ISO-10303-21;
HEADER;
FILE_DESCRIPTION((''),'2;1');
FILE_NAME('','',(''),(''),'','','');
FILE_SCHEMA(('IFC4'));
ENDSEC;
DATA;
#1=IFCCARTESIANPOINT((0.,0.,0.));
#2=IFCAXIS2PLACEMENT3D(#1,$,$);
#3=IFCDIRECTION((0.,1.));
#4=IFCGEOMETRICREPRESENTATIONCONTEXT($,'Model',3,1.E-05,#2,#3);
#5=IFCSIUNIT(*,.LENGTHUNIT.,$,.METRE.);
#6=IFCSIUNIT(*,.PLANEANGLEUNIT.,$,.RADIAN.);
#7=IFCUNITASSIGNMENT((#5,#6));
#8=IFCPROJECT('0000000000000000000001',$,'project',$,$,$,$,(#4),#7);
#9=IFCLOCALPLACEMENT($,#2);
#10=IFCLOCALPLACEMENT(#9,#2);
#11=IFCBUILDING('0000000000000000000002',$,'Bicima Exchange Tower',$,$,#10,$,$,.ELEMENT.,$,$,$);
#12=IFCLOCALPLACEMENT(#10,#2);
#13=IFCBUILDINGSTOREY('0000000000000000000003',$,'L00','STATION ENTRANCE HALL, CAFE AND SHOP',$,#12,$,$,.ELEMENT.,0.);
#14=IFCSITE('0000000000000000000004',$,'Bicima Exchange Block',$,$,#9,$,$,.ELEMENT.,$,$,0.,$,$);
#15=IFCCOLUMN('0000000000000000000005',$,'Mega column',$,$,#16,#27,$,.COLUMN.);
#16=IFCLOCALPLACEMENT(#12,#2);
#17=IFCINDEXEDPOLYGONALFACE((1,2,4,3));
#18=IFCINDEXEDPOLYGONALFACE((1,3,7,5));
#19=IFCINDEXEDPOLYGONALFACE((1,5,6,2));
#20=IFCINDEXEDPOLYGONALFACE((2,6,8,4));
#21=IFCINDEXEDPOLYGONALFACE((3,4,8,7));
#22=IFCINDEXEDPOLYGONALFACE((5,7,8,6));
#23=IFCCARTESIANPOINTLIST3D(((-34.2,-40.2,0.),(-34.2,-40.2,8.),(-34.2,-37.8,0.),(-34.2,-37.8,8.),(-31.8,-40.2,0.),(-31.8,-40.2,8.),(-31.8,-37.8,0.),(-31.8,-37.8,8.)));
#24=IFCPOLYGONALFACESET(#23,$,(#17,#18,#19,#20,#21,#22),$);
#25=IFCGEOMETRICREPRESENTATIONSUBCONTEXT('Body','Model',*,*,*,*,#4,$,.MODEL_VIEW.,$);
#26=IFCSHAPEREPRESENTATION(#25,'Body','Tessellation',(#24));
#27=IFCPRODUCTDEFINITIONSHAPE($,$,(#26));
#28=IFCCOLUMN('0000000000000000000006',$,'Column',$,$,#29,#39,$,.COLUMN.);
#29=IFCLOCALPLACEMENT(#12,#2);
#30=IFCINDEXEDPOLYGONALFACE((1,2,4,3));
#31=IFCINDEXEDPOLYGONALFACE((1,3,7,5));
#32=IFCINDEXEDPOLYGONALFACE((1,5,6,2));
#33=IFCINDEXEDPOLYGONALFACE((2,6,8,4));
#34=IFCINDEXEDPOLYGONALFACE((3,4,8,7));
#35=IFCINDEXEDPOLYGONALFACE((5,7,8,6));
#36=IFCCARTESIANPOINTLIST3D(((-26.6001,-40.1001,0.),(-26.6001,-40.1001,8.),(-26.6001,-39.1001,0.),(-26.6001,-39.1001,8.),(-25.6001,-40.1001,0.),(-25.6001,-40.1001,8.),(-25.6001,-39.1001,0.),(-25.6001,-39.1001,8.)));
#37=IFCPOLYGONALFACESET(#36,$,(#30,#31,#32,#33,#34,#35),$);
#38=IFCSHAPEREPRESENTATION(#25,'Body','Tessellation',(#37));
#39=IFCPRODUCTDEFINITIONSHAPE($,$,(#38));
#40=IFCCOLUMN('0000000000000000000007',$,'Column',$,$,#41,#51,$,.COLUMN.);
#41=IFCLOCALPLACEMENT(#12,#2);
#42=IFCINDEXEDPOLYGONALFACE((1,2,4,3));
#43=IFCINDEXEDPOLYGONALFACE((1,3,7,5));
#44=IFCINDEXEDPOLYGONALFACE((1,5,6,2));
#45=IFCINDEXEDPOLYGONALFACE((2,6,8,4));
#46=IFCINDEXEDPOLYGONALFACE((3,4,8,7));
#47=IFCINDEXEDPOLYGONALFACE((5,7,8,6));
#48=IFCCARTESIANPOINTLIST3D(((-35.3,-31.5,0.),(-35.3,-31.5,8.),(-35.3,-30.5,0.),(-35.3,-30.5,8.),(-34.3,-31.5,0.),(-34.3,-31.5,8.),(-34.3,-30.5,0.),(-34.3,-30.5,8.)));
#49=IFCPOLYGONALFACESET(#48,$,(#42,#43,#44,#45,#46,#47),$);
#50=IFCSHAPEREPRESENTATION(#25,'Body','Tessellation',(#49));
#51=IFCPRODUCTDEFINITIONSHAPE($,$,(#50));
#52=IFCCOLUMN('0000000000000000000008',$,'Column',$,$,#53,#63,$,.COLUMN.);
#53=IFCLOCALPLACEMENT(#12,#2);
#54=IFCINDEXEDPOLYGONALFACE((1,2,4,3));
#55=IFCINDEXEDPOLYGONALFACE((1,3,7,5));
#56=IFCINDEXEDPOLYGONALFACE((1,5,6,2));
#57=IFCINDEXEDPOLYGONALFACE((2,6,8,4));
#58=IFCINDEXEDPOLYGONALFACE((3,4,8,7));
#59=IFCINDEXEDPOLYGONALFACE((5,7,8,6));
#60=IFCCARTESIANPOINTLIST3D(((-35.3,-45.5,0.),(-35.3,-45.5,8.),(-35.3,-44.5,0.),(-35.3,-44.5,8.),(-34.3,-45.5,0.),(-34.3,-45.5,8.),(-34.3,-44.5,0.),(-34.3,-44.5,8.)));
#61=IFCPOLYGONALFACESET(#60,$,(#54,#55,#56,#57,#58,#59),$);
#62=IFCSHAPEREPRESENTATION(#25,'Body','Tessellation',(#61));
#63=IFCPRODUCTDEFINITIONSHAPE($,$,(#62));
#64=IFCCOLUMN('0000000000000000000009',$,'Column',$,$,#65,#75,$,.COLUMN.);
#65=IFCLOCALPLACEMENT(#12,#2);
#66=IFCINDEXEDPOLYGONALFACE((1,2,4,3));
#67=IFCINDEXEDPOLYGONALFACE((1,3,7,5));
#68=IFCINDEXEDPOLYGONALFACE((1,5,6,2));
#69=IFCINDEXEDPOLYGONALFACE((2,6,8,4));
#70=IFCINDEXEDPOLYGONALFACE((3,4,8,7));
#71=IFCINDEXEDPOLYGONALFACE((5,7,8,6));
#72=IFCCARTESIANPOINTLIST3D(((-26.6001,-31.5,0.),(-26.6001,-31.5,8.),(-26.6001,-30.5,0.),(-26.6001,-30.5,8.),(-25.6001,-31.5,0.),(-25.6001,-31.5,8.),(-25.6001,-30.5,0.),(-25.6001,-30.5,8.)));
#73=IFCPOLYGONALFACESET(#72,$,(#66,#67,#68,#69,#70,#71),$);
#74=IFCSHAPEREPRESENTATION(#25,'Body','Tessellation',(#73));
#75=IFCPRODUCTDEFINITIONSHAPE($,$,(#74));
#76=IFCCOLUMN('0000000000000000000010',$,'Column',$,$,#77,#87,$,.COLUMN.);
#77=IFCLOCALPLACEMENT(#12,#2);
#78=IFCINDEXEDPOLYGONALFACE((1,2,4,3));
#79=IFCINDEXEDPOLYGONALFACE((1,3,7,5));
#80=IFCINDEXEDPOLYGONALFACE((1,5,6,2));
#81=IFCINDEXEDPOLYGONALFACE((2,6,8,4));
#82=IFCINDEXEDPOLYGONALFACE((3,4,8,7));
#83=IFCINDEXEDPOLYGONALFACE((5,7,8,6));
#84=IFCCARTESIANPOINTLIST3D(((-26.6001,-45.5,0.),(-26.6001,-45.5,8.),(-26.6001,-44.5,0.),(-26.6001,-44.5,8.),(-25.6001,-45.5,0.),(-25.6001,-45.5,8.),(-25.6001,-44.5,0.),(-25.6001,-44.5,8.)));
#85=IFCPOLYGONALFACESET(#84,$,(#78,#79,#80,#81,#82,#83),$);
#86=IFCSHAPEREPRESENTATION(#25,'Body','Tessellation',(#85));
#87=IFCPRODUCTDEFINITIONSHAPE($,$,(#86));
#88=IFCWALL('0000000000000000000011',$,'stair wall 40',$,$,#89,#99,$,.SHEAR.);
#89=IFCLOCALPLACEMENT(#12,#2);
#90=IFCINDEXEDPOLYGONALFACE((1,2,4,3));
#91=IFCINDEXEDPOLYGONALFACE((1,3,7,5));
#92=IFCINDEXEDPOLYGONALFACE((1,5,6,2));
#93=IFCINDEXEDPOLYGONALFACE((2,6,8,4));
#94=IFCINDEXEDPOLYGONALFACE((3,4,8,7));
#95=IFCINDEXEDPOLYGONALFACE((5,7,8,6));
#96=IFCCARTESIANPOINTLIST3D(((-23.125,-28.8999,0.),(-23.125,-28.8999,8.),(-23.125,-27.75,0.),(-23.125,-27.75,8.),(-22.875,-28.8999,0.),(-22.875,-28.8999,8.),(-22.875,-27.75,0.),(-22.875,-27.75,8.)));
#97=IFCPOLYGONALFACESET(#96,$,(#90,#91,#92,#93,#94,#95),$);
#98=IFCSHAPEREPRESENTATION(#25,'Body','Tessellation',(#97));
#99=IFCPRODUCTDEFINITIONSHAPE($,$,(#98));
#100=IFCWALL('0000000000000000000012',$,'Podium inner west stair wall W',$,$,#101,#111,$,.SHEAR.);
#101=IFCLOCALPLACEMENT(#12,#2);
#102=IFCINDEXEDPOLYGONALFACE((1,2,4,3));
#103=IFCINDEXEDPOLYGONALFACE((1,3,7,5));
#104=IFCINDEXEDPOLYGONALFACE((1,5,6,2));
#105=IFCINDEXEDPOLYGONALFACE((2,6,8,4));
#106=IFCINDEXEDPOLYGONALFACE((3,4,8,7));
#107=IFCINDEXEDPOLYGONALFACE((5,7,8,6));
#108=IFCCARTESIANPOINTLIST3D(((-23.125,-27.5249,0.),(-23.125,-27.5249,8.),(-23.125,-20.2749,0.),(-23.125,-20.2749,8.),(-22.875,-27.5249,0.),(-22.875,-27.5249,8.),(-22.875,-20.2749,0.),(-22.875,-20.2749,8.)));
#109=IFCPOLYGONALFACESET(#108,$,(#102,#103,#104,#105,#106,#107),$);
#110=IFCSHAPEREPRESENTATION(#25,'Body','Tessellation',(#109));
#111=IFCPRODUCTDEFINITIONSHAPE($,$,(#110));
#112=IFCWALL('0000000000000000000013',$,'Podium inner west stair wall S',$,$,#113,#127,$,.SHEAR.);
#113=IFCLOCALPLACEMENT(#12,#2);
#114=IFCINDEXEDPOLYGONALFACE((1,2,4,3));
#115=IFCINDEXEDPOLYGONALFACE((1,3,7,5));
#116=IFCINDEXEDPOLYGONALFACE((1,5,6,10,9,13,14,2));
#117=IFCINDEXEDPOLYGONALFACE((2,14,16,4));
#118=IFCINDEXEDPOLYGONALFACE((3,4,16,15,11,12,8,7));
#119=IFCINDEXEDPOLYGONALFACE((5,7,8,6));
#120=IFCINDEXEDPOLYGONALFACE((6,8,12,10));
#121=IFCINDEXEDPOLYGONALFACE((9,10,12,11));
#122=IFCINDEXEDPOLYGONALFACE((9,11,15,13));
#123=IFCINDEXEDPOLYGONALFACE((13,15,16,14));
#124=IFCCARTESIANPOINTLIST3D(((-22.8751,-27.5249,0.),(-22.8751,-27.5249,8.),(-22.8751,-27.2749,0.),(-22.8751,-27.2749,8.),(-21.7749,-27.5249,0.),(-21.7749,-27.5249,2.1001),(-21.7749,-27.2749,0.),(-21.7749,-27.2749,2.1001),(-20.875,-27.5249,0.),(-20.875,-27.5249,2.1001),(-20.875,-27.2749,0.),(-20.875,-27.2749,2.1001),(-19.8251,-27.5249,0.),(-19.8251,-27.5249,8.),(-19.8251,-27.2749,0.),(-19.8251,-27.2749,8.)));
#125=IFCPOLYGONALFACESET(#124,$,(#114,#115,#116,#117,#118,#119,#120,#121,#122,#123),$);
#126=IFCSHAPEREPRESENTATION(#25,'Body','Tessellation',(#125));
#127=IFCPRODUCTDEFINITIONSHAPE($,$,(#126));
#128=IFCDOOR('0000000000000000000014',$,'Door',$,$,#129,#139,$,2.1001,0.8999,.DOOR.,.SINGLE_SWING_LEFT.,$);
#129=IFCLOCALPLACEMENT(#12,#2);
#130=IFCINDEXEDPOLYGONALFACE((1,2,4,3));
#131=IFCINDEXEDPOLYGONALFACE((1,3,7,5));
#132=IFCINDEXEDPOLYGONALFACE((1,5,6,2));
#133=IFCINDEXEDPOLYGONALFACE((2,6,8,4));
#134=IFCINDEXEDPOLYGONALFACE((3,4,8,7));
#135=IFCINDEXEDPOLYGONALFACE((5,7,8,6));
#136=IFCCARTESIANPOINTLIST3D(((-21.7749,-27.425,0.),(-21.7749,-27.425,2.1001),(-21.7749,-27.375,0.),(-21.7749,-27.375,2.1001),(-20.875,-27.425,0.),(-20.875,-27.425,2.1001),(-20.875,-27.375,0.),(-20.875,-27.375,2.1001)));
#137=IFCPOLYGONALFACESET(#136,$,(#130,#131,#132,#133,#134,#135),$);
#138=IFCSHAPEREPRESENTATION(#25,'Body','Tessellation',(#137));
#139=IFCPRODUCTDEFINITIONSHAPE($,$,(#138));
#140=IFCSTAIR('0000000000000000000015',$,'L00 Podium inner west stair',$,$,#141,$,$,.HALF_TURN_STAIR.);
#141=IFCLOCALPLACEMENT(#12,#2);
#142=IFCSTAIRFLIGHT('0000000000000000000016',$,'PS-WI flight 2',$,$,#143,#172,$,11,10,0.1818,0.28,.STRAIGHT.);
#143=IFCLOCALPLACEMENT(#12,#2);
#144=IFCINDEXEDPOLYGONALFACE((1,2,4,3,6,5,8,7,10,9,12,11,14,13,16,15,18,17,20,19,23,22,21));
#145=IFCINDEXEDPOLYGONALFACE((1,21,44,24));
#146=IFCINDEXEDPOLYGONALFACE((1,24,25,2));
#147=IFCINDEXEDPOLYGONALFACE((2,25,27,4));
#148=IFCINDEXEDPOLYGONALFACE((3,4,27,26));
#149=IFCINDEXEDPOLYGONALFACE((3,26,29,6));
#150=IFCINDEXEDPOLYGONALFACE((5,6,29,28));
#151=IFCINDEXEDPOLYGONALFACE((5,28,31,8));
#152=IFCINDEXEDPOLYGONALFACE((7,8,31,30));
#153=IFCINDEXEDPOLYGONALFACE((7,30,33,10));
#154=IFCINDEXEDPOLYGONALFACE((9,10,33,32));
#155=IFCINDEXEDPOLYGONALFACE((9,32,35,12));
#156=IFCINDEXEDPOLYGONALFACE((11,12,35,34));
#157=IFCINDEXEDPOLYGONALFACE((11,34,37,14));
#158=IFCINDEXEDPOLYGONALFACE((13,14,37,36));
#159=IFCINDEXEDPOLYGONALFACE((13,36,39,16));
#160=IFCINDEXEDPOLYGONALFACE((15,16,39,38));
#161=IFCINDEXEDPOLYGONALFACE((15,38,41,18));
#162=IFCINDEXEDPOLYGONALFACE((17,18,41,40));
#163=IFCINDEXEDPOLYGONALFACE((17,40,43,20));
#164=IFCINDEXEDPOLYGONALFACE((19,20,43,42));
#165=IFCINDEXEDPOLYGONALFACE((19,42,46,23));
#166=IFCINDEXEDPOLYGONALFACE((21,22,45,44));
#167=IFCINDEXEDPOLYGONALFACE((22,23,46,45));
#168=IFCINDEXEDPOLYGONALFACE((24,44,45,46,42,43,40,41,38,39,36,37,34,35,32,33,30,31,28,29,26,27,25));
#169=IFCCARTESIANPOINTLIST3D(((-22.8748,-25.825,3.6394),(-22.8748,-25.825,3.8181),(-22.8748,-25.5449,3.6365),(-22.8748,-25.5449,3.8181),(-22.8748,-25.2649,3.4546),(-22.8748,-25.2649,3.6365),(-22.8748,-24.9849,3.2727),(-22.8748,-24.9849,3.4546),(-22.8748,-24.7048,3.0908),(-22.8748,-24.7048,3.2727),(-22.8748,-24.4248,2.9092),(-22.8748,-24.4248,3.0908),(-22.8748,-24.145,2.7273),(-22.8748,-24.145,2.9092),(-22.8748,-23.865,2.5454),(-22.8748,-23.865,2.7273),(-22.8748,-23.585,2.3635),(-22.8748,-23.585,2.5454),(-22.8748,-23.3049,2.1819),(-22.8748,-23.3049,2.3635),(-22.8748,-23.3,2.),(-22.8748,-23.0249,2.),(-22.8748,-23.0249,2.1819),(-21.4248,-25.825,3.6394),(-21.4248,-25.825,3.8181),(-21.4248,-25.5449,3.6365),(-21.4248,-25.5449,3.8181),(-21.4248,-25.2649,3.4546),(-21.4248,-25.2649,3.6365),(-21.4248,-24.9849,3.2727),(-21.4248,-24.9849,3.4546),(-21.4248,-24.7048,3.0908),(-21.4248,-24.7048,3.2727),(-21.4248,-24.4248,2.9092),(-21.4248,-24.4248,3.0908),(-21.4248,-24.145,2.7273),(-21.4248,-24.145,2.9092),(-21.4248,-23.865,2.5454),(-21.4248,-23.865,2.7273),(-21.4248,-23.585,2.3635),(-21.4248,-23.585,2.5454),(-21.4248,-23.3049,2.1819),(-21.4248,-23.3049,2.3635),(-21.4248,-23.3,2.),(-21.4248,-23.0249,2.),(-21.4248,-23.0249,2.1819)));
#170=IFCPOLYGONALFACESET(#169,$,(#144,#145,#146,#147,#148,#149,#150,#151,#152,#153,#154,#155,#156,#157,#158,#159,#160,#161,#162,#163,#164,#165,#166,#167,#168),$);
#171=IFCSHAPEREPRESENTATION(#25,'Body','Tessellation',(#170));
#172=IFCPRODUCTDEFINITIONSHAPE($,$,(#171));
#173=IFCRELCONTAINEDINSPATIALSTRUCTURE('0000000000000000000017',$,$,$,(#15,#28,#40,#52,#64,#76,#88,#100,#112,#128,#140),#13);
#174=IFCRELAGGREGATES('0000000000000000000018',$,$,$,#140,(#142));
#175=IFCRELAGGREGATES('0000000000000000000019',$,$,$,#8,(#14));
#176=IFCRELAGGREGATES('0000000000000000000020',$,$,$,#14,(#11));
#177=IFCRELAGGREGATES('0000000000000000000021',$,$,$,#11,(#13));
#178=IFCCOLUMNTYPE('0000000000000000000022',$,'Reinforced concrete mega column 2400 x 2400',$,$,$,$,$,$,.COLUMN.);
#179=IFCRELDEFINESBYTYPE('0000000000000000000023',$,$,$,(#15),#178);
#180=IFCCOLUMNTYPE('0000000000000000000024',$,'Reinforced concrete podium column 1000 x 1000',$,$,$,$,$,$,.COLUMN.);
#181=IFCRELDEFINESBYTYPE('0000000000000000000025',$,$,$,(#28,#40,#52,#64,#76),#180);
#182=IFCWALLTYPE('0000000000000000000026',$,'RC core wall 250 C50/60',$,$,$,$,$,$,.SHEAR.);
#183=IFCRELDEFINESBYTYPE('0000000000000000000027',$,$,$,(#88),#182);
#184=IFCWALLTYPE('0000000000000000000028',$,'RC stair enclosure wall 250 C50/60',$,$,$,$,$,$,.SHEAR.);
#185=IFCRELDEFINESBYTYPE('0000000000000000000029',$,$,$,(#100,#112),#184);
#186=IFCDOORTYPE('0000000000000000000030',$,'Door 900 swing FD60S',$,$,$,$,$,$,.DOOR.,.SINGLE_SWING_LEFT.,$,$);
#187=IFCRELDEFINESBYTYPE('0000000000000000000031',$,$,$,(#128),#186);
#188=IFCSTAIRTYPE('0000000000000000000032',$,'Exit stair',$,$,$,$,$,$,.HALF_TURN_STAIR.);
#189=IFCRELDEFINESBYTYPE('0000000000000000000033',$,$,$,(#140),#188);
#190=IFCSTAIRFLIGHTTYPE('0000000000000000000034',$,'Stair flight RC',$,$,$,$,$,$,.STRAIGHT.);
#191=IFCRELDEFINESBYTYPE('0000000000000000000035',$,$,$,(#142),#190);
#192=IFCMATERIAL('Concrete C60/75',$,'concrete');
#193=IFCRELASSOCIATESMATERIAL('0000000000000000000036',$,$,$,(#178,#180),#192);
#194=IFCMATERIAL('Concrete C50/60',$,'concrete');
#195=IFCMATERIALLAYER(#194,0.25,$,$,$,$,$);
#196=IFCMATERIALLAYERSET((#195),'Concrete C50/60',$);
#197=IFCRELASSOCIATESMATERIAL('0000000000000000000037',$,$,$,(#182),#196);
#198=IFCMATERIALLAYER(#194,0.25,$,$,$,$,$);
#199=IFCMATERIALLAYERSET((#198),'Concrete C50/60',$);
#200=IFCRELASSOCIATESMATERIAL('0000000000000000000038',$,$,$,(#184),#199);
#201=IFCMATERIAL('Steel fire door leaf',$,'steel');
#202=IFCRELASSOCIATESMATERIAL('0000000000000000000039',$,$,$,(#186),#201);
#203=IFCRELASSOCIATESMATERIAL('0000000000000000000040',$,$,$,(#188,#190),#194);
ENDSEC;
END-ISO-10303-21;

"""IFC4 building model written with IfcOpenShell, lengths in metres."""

from ifc_helpers import new_model, si_unit, direction, frame, frame_2d, origin, origin_2d, place, context, subcontext, project, spatial, polyline, rectangle, outline, extrude, material, layer, layer_set, material_profile, profile_set, type_object, element, fill, aggregate, save


model = new_model("IFC4")

# Units and contexts
model_context = context("Model", 3, precision=1e-05, world=origin(), true_north=direction((0.0, 1.0)))
body_context = subcontext(model_context, "Body", "Model", "MODEL_VIEW")
ifc_project = project(units=[si_unit("LENGTHUNIT", "METRE"), si_unit("PLANEANGLEUNIT", "RADIAN")], contexts=[model_context])

# Site, building, storey
site_placement = place(None, origin())
site = spatial("IfcSite", under=ifc_project, at=site_placement, Name="Bicima Exchange Block", CompositionType="ELEMENT", RefElevation=0.0)
building_placement = place(site_placement, origin())
building = spatial("IfcBuilding", under=site, at=building_placement, Name="Bicima Exchange Tower", CompositionType="ELEMENT")
storey_placement = place(building_placement, origin())
storey = spatial("IfcBuildingStorey", under=building, at=storey_placement, Name="L00", Description="STATION ENTRANCE HALL, CAFE AND SHOP", CompositionType="ELEMENT", Elevation=0.0)

# Columns
ifc_material_1 = material(Name="Concrete C60/75", Category="concrete")
ifc_material_profile_1 = material_profile(ifc_material_1, rectangle(XDim=2.3999, YDim=2.3999, at=origin_2d()))
ifc_profile_set_1 = profile_set([ifc_material_profile_1], Name="Concrete C60/75")
column_type_1 = type_object("IfcColumnType", Name="Reinforced concrete mega column 2400 x 2400", PredefinedType="COLUMN", material=ifc_profile_set_1)
column_placement = place(storey_placement, frame((-33.0, -39.0, 0.0), z_axis=(0.0, 0.0, 1.0), x_axis=(1.0, 0.0, 0.0)))
element("IfcColumn", 1, at=column_placement, inside=storey, type_object=column_type_1, Name="Mega column", PredefinedType="COLUMN", context=body_context, shape_type="SweptSolid", body=[
    extrude(rectangle(XDim=2.3999, YDim=2.3999, at=origin_2d()), origin(), (0.0, 0.0, 1.0), 8.0),
])
ifc_material_profile_2 = material_profile(ifc_material_1, rectangle(XDim=1.0, YDim=1.0, at=origin_2d()))
ifc_profile_set_2 = profile_set([ifc_material_profile_2], Name="Concrete C60/75")
column_type_2 = type_object("IfcColumnType", Name="Reinforced concrete podium column 1000 x 1000", PredefinedType="COLUMN", material=ifc_profile_set_2)
for number, where, z_axis, x_axis, name in (
    (2, (-26.1001, -39.6001, 0.0), (0.0, 0.0, 1.0), (1.0, 0.0, 0.0), "Column"),
    (3, (-34.8, -31.0, 0.0), (0.0, 0.0, 1.0), (1.0, 0.0, 0.0), "Column"),
    (4, (-34.8, -45.0, 0.0), (0.0, 0.0, 1.0), (1.0, 0.0, 0.0), "Column"),
    (5, (-26.1001, -31.0, 0.0), (0.0, 0.0, 1.0), (1.0, 0.0, 0.0), "Column"),
    (6, (-26.1001, -45.0, 0.0), (0.0, 0.0, 1.0), (1.0, 0.0, 0.0), "Column"),
):
    element("IfcColumn", number, at=place(storey_placement, frame(where, z_axis=z_axis, x_axis=x_axis)), inside=storey, type_object=column_type_2, Name=name, PredefinedType="COLUMN", context=body_context, shape_type="SweptSolid", body=[
        extrude(rectangle(XDim=1.0, YDim=1.0, at=origin_2d()), origin(), (0.0, 0.0, 1.0), 8.0),
    ])

# Walls
ifc_material_2 = material(Name="Concrete C50/60", Category="concrete")
ifc_layer_1 = layer(ifc_material_2, 0.25)
ifc_layer_set_1 = layer_set([ifc_layer_1], Name="Concrete C50/60")
wall_type_1 = type_object("IfcWallType", Name="RC core wall 250 C50/60", PredefinedType="SHEAR", material=ifc_layer_set_1)
wall_1_placement = place(storey_placement, frame((-23.0, -28.8999, 0.0), z_axis=(0.0, 0.0, 1.0), x_axis=(0.0, 1.0, 0.0)))
element("IfcWall", 7, at=wall_1_placement, inside=storey, type_object=wall_type_1, Name="stair wall 40", PredefinedType="SHEAR", context=body_context, shape_type="SweptSolid", body=[
    extrude(rectangle(XDim=1.1499, YDim=0.25, at=frame_2d((0.575, 0.0))), origin(), (0.0, 0.0, 1.0), 8.0),
])
ifc_layer_2 = layer(ifc_material_2, 0.25)
ifc_layer_set_2 = layer_set([ifc_layer_2], Name="Concrete C50/60")
wall_type_2 = type_object("IfcWallType", Name="RC stair enclosure wall 250 C50/60", PredefinedType="SHEAR", material=ifc_layer_set_2)
wall_2_placement = place(storey_placement, frame((-23.0, -27.5249, 0.0), z_axis=(0.0, 0.0, 1.0), x_axis=(0.0, 1.0, 0.0)))
element("IfcWall", 8, at=wall_2_placement, inside=storey, type_object=wall_type_2, Name="Podium inner west stair wall W", PredefinedType="SHEAR", context=body_context, shape_type="SweptSolid", body=[
    extrude(rectangle(XDim=7.25, YDim=0.25, at=frame_2d((3.625, 0.0))), origin(), (0.0, 0.0, 1.0), 8.0),
])

# Wall, opening, door
wall_3_placement = place(storey_placement, frame((-22.875, -27.3999, 0.0), z_axis=(0.0, 0.0, 1.0), x_axis=(1.0, 0.0, 0.0)))
wall_3 = element("IfcWall", 9, at=wall_3_placement, inside=storey, type_object=wall_type_2, Name="Podium inner west stair wall S", PredefinedType="SHEAR", context=body_context, shape_type="SweptSolid", body=[
    extrude(rectangle(XDim=3.05, YDim=0.25, at=frame_2d((1.5249, 0.0))), origin(), (0.0, 0.0, 1.0), 8.0),
])
opening_placement = place(wall_3_placement, frame((1.1001, 0.0, 0.0)))
opening = element("IfcOpeningElement", 10, at=opening_placement, cuts=wall_3, PredefinedType="OPENING", context=body_context, shape_type="SweptSolid", body=[
    extrude(rectangle(XDim=0.8999, YDim=2.1001, at=frame_2d((0.45, 1.05))), frame((0.0, 0.137, 0.0), z_axis=(0.0, -1.0, 0.0), x_axis=(1.0, 0.0, 0.0)), (0.0, 0.0, 1.0), 0.2739),
])
ifc_material_3 = material(Name="Steel fire door leaf", Category="steel")
door_type = type_object("IfcDoorType", Name="Door 900 swing FD60S", OperationType="SINGLE_SWING_LEFT", PredefinedType="DOOR", material=ifc_material_3)
door_placement = place(opening_placement, origin())
door = element("IfcDoor", 11, at=door_placement, inside=storey, type_object=door_type, Name="Door", OperationType="SINGLE_SWING_LEFT", OverallHeight=2.1001, OverallWidth=0.8999, PredefinedType="DOOR", context=body_context, shape_type="SweptSolid", body=[
    extrude(rectangle(XDim=0.8999, YDim=2.1001, at=frame_2d((0.45, 1.05))), frame((0.0, 0.0249, 0.0), z_axis=(0.0, -1.0, 0.0), x_axis=(1.0, 0.0, 0.0)), (0.0, 0.0, 1.0), 0.05),
])
fill(opening, door)

# Stair, stair flight
stair_type = type_object("IfcStairType", Name="Exit stair", PredefinedType="HALF_TURN_STAIR", material=ifc_material_2)
stair_placement = place(storey_placement, origin())
stair = element("IfcStair", 12, at=stair_placement, inside=storey, type_object=stair_type, Name="L00 Podium inner west stair", PredefinedType="HALF_TURN_STAIR")
stair_flight_type = type_object("IfcStairFlightType", Name="Stair flight RC", PredefinedType="STRAIGHT", material=ifc_material_2)
stair_flight_placement = place(storey_placement, frame((-22.1499, -23.0249, 2.0), z_axis=(0.0, 0.0, 1.0), x_axis=(0.0, -1.0, 0.0)))
stair_flight = element("IfcStairFlight", 13, at=stair_flight_placement, type_object=stair_flight_type, Name="PS-WI flight 2", NumberOfRisers=11, NumberOfTreads=10, PredefinedType="STRAIGHT", RiserHeight=0.1818, TreadLength=0.28, context=body_context, shape_type="SweptSolid", body=[
    extrude(outline(polyline([(0.0, 0.0), (0.0, 0.1819), (0.28, 0.1819), (0.28, 0.3635), (0.5601, 0.3635), (0.5601, 0.5454), (0.8401, 0.5454), (0.8401, 0.7273), (1.1201, 0.7273), (1.1201, 0.9092), (1.3999, 0.9092), (1.3999, 1.0908), (1.6799, 1.0908), (1.6799, 1.2727), (1.96, 1.2727), (1.96, 1.4546), (2.24, 1.4546), (2.24, 1.6365), (2.52, 1.6365), (2.52, 1.8181), (2.8, 1.8181), (2.8, 2.0), (2.8, 1.6394), (0.2751, 0.0), (0.0, 0.0)])), frame((0.0, 0.7251, 0.0), z_axis=(0.0, -1.0, 0.0), x_axis=(1.0, 0.0, 0.0)), (0.0, 0.0, 1.0), 1.45),
])
aggregate(stair, [stair_flight])

save(model, "model.ifc")
